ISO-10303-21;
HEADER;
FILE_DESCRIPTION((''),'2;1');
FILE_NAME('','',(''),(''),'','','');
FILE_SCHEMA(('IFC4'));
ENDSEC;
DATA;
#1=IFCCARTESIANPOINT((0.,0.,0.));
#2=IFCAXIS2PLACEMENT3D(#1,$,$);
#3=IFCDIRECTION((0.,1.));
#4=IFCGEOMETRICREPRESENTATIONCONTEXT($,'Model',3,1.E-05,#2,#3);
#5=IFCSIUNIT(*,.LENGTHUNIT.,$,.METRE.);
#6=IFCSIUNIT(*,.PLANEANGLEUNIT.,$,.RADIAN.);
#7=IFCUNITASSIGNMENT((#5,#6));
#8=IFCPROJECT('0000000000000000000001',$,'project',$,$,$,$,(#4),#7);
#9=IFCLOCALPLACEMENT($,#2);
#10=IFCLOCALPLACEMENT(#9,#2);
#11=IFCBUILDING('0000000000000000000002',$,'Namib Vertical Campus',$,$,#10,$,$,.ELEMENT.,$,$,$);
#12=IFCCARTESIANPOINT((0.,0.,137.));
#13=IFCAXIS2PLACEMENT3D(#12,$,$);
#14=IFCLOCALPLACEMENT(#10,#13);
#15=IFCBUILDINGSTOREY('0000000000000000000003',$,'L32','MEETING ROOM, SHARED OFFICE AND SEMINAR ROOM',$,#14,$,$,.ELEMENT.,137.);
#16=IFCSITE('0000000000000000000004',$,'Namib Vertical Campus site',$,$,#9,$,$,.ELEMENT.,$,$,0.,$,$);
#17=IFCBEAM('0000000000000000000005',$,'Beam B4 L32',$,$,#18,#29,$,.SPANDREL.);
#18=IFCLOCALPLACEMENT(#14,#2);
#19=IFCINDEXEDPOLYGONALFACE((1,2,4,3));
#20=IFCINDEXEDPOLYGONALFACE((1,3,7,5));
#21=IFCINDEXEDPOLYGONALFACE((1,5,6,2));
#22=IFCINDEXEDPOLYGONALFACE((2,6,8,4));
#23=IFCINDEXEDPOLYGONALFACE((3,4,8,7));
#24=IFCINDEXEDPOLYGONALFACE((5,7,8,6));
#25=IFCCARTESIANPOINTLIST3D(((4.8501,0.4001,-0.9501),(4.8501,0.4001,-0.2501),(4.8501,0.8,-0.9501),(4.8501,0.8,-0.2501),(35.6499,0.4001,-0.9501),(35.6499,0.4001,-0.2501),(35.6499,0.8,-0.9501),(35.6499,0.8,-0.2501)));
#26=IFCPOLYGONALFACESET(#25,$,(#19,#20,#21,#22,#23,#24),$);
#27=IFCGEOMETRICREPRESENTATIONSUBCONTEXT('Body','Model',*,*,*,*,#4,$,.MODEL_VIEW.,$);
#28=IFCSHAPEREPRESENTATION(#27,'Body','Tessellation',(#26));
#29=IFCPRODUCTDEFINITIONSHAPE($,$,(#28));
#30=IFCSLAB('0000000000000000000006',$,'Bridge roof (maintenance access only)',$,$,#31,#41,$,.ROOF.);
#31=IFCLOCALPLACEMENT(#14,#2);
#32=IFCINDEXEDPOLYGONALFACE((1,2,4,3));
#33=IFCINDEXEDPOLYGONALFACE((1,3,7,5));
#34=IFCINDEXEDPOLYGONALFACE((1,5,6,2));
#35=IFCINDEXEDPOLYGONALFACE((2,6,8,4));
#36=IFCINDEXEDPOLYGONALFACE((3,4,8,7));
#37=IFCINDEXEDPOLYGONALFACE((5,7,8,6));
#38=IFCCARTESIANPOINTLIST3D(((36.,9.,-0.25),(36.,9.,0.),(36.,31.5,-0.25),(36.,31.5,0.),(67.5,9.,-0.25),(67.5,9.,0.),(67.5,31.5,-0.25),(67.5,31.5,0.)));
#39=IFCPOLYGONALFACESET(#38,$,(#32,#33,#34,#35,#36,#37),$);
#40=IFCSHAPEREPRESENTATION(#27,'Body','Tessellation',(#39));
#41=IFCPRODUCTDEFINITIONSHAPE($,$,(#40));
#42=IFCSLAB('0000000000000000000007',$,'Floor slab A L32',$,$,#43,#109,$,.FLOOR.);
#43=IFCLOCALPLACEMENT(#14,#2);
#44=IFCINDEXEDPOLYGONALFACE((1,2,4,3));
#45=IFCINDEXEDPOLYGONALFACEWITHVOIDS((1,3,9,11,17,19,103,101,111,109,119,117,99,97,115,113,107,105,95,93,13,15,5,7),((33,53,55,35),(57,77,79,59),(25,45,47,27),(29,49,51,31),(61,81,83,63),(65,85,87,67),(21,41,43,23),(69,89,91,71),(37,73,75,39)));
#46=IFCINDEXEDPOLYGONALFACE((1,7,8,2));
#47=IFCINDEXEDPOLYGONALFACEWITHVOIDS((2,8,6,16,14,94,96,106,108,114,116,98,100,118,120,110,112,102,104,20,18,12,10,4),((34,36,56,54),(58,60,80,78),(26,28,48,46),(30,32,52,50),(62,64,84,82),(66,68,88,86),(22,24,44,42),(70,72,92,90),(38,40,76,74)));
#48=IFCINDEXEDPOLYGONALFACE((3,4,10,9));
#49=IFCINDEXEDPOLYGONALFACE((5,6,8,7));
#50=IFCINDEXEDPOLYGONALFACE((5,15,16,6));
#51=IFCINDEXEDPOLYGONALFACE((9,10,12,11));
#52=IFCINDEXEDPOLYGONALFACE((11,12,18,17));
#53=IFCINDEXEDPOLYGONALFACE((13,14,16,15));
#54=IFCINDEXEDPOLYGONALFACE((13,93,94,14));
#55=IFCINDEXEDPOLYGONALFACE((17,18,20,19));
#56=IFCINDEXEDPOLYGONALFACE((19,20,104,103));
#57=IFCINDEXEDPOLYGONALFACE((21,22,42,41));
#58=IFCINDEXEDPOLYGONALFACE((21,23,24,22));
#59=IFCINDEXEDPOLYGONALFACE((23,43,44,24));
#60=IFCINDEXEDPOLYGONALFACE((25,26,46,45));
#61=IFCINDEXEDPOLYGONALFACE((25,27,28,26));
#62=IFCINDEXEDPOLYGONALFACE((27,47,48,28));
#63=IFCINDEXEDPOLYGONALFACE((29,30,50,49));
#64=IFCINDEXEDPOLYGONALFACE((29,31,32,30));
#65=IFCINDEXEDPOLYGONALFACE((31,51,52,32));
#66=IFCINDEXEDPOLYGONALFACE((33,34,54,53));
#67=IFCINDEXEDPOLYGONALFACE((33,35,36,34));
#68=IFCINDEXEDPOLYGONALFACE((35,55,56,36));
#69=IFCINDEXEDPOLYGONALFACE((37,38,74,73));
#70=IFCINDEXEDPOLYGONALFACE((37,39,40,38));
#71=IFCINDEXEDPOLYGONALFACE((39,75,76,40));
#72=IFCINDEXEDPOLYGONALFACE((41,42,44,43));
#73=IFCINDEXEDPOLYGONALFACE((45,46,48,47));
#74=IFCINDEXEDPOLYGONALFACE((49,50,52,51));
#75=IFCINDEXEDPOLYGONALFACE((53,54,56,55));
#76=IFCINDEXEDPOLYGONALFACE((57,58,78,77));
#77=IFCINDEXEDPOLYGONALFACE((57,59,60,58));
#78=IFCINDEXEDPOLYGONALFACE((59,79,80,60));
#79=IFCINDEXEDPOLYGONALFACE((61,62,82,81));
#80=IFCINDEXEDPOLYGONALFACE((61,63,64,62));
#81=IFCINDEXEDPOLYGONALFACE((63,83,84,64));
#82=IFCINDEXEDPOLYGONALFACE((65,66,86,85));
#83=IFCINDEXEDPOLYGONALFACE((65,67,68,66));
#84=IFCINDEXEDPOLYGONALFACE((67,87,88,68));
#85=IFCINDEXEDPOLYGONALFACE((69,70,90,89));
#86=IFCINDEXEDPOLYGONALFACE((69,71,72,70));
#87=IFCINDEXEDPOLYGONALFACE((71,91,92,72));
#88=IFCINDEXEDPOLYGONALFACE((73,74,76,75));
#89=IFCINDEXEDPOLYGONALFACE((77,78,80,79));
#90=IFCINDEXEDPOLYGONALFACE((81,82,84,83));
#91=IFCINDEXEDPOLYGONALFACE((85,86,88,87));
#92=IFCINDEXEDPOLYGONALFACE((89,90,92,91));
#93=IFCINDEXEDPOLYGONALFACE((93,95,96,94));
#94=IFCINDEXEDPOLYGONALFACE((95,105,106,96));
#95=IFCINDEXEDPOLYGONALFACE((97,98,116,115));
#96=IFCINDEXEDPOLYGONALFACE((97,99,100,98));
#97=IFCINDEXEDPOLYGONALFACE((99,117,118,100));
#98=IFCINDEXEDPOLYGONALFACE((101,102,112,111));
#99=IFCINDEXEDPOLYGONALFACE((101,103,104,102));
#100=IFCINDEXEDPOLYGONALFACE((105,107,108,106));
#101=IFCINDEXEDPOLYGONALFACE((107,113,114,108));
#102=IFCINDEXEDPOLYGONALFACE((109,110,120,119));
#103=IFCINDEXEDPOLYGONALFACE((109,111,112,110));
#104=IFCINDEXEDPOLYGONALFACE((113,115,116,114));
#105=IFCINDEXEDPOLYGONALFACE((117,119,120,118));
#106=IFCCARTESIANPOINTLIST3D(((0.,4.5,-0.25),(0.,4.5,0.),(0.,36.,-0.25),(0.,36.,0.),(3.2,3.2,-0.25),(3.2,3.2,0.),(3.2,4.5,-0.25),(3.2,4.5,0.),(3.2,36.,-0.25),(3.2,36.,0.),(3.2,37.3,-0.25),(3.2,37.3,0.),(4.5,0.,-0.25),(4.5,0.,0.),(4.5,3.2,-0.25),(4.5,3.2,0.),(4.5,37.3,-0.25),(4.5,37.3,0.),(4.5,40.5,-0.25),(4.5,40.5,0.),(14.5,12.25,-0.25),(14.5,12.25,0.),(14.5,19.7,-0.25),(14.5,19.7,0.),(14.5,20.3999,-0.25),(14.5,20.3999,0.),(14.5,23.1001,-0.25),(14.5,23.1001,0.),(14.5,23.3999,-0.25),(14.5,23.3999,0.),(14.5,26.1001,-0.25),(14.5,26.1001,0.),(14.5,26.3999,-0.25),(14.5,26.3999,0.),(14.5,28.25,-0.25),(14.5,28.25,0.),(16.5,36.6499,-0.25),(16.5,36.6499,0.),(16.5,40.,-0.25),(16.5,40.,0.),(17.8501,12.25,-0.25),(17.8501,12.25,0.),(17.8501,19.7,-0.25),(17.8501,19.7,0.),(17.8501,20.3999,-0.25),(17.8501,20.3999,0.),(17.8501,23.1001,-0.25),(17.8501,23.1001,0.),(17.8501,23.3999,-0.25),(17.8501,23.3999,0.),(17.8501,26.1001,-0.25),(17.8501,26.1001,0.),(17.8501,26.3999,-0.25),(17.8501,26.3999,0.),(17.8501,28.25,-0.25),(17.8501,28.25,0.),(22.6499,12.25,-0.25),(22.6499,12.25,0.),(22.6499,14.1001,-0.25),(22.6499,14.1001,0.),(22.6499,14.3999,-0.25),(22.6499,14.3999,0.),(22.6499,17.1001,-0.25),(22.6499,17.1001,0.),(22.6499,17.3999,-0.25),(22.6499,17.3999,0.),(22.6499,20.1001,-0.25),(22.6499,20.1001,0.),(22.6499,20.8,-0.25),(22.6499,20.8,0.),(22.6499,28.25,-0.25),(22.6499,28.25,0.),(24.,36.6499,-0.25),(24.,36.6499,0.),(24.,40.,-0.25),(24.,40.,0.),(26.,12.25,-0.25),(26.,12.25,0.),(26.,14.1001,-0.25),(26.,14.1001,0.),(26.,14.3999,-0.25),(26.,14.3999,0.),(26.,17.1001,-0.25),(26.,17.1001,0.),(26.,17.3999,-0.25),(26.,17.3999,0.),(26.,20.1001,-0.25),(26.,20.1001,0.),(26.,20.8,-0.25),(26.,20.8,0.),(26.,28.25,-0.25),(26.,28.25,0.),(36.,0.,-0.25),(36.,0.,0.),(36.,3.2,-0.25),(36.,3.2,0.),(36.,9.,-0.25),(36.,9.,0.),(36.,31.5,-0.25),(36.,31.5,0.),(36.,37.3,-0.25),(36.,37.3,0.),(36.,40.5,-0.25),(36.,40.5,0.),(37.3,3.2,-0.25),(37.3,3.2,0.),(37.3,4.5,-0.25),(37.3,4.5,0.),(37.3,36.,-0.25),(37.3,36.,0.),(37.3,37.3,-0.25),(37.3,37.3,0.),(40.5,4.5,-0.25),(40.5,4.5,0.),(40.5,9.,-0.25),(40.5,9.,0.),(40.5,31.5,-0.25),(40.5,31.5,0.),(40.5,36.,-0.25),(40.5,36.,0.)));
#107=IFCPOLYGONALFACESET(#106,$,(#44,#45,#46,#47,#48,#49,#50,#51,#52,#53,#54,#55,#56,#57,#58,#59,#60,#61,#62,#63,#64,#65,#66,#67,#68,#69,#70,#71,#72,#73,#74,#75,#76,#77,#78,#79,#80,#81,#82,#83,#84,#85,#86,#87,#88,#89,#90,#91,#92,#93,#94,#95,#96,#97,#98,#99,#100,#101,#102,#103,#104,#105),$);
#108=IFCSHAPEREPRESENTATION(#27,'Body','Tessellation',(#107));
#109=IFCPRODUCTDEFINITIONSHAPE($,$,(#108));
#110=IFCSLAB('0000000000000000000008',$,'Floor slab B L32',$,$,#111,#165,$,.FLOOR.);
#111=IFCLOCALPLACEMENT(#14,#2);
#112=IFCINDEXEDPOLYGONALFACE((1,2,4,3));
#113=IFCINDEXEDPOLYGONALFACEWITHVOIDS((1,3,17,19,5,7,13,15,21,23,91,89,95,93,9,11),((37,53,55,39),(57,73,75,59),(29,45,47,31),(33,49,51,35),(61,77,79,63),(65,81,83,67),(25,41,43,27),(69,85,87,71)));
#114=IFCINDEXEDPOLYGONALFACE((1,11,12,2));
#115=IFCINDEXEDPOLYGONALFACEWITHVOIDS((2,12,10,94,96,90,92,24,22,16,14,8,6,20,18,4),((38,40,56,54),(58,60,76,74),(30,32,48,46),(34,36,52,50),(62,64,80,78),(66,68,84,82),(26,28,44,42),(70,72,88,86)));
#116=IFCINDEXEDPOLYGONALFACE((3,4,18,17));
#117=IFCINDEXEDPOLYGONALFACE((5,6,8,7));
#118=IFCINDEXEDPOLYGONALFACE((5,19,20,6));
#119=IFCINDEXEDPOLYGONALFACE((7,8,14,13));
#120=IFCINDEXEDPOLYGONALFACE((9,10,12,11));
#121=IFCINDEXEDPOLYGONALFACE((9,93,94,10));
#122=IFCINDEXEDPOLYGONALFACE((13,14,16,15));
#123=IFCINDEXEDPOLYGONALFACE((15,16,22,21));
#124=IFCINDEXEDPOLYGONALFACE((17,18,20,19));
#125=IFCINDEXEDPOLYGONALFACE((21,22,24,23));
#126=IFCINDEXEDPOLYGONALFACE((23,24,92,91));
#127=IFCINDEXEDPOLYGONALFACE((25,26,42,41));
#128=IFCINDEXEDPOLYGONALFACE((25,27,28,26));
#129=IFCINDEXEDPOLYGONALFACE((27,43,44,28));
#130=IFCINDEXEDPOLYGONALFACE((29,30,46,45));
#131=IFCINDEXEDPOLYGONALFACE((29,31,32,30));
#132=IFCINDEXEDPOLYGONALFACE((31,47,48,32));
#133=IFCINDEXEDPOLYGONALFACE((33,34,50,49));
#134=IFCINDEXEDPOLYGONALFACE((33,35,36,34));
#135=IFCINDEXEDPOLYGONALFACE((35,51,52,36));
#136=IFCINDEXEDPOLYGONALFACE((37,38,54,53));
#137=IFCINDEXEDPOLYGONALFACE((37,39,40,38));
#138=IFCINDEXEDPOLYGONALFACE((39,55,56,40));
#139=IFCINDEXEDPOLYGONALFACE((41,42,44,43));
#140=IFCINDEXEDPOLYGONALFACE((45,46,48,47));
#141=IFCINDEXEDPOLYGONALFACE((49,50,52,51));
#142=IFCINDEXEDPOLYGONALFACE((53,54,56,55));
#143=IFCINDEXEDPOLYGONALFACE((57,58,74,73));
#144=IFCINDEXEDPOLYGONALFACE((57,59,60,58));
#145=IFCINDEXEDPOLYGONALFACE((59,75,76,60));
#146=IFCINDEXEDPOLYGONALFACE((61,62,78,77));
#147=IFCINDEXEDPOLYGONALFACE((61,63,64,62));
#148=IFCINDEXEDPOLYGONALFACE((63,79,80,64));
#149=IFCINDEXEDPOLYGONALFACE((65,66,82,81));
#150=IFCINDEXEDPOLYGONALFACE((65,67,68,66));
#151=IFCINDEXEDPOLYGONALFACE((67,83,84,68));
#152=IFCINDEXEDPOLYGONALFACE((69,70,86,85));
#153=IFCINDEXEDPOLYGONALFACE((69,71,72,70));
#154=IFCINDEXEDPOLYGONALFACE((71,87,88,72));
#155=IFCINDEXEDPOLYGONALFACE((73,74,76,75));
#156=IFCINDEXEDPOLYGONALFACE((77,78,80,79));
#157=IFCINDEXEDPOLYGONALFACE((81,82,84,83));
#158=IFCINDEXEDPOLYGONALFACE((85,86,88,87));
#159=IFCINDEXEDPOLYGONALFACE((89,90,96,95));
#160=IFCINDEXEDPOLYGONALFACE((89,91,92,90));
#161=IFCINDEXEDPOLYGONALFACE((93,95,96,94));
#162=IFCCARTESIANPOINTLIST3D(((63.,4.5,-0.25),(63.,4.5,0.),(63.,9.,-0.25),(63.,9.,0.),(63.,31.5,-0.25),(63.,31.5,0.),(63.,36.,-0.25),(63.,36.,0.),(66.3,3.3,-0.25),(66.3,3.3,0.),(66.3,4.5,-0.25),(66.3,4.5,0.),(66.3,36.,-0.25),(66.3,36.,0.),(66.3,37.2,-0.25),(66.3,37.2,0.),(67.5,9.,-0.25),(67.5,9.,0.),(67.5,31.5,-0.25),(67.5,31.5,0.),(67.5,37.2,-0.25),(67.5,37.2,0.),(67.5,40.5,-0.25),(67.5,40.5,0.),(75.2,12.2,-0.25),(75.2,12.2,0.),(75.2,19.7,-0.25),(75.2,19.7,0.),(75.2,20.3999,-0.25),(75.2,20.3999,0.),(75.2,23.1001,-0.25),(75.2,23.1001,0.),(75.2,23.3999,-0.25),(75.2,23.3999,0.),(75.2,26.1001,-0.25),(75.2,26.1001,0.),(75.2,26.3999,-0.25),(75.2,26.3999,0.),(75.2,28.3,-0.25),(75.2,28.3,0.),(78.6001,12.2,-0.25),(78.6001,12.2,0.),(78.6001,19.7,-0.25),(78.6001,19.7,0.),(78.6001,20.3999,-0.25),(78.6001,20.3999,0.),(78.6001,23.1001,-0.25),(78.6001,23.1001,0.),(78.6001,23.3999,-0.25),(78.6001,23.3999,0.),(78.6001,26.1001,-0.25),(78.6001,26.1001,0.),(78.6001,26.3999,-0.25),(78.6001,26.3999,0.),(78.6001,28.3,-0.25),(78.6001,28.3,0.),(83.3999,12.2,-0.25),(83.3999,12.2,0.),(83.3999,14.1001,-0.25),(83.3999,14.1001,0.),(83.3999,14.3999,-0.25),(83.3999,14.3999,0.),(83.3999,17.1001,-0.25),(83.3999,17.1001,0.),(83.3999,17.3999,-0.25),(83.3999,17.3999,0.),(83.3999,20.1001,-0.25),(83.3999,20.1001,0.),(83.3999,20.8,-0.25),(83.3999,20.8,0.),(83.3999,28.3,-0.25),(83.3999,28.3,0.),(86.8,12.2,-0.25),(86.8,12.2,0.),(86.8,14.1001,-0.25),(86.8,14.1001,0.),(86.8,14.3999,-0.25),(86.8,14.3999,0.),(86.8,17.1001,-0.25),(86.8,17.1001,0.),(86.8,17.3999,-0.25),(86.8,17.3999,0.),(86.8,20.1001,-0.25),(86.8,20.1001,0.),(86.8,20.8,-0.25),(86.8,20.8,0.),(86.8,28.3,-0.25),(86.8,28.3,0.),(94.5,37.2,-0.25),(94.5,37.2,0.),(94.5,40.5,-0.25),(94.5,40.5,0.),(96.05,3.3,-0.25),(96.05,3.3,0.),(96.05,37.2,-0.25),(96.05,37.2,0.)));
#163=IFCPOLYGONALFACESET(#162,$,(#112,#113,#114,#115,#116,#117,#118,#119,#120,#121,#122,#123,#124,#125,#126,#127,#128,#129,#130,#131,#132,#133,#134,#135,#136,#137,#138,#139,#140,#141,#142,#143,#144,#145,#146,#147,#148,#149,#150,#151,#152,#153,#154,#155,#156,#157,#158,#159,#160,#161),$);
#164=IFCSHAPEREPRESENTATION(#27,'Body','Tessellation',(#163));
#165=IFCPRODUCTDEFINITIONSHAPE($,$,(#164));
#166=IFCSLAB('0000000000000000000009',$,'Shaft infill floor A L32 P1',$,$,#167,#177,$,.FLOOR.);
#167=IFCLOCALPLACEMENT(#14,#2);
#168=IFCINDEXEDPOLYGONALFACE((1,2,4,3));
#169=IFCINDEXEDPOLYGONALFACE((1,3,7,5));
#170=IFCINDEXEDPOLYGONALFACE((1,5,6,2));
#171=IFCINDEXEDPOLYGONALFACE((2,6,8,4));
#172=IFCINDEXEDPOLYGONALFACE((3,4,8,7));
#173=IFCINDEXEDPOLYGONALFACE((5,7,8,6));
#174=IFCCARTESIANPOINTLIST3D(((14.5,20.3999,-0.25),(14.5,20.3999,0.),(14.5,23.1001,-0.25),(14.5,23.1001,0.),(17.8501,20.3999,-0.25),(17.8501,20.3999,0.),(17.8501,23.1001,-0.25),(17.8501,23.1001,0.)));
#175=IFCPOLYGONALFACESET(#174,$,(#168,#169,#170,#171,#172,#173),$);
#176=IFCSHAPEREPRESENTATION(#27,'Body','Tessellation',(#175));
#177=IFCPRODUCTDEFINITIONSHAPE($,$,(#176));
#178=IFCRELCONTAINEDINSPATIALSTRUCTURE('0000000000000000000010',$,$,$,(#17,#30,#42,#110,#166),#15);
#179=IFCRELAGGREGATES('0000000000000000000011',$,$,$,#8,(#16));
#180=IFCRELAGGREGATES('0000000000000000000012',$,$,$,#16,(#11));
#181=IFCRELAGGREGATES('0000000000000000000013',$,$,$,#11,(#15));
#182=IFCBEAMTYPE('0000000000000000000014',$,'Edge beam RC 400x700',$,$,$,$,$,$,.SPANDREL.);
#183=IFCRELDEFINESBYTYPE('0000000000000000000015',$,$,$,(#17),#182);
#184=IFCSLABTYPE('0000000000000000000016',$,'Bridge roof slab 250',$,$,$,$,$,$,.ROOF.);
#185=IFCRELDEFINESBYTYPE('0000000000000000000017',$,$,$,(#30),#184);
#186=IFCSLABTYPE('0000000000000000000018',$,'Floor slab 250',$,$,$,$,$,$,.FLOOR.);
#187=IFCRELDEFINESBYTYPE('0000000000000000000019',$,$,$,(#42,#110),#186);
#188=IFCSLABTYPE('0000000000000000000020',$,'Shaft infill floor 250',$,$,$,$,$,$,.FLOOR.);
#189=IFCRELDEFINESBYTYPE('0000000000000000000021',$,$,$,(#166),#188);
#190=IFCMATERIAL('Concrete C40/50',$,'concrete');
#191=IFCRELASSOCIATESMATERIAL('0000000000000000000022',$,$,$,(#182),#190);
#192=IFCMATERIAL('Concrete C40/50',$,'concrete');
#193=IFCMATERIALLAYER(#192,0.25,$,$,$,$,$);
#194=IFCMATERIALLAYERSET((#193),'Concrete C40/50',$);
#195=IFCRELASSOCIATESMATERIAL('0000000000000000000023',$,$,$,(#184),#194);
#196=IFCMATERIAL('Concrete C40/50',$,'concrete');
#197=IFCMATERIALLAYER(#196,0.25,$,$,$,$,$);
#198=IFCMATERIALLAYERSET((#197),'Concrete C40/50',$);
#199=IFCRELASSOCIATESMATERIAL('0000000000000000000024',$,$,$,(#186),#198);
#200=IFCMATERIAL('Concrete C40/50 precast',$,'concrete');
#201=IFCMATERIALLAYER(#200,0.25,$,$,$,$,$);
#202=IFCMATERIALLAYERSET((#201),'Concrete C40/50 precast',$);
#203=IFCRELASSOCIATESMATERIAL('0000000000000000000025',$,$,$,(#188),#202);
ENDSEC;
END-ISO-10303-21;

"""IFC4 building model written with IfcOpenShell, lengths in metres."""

from ifc_helpers import new_model, si_unit, direction, frame, origin, origin_2d, place, context, subcontext, project, spatial, polyline, rectangle, outline, extrude, material, layer, layer_set, material_profile, profile_set, type_object, element, save


model = new_model("IFC4")

# Units and contexts
model_context = context("Model", 3, precision=1e-05, world=origin(), true_north=direction((0.0, 1.0)))
body_context = subcontext(model_context, "Body", "Model", "MODEL_VIEW")
ifc_project = project(units=[si_unit("LENGTHUNIT", "METRE"), si_unit("PLANEANGLEUNIT", "RADIAN")], contexts=[model_context])

# Site, building, storey
site_placement = place(None, origin())
site = spatial("IfcSite", under=ifc_project, at=site_placement, Name="Namib Vertical Campus site", CompositionType="ELEMENT", RefElevation=0.0)
building_placement = place(site_placement, origin())
building = spatial("IfcBuilding", under=site, at=building_placement, Name="Namib Vertical Campus", CompositionType="ELEMENT")
storey_placement = place(building_placement, frame((0.0, 0.0, 137.0)))
storey = spatial("IfcBuildingStorey", under=building, at=storey_placement, Name="L32", Description="MEETING ROOM, SHARED OFFICE AND SEMINAR ROOM", CompositionType="ELEMENT", Elevation=137.0)

# Beam
ifc_material_1 = material(Name="Concrete C40/50", Category="concrete")
ifc_material_profile = material_profile(ifc_material_1, rectangle(XDim=0.3999, YDim=0.7, at=origin_2d()))
ifc_profile_set = profile_set([ifc_material_profile], Name="Concrete C40/50")
beam_type = type_object("IfcBeamType", Name="Edge beam RC 400x700", PredefinedType="SPANDREL", material=ifc_profile_set)
beam_placement = place(storey_placement, frame((4.8501, 0.6001, -0.6001), z_axis=(1.0, 0.0, 0.0), x_axis=(0.0, 1.0, 0.0)))
element("IfcBeam", 1, at=beam_placement, inside=storey, type_object=beam_type, Name="Beam B4 L32", PredefinedType="SPANDREL", context=body_context, shape_type="SweptSolid", body=[
    extrude(rectangle(XDim=0.3999, YDim=0.7, at=origin_2d()), origin(), (0.0, 0.0, 1.0), 30.7998),
])

# Slabs
ifc_material_2 = material(Name="Concrete C40/50", Category="concrete")
ifc_layer_1 = layer(ifc_material_2, 0.25)
ifc_layer_set_1 = layer_set([ifc_layer_1], Name="Concrete C40/50")
slab_type_1 = type_object("IfcSlabType", Name="Bridge roof slab 250", PredefinedType="ROOF", material=ifc_layer_set_1)
slab_1_placement = place(storey_placement, frame((0.0, 0.0, -0.25)))
element("IfcSlab", 2, at=slab_1_placement, inside=storey, type_object=slab_type_1, Name="Bridge roof (maintenance access only)", PredefinedType="ROOF", context=body_context, shape_type="SweptSolid", body=[
    extrude(outline(polyline([(36.0, 9.0), (67.5, 9.0), (67.5, 31.5), (36.0, 31.5), (36.0, 9.0)])), origin(), (0.0, 0.0, 1.0), 0.25),
])
ifc_material_3 = material(Name="Concrete C40/50", Category="concrete")
ifc_layer_2 = layer(ifc_material_3, 0.25)
ifc_layer_set_2 = layer_set([ifc_layer_2], Name="Concrete C40/50")
slab_type_2 = type_object("IfcSlabType", Name="Floor slab 250", PredefinedType="FLOOR", material=ifc_layer_set_2)
slab_2_placement = place(storey_placement, frame((0.0, 0.0, -0.25)))
element("IfcSlab", 3, at=slab_2_placement, inside=storey, type_object=slab_type_2, Name="Floor slab A L32", PredefinedType="FLOOR", context=body_context, shape_type="SweptSolid", body=[
    extrude(outline(polyline([(4.5, 3.2), (4.5, 0.0), (36.0, 0.0), (36.0, 3.2), (37.3, 3.2), (37.3, 4.5), (40.5, 4.5), (40.5, 9.0), (36.0, 9.0), (36.0, 31.5), (40.5, 31.5), (40.5, 36.0), (37.3, 36.0), (37.3, 37.3), (36.0, 37.3), (36.0, 40.5), (4.5, 40.5), (4.5, 37.3), (3.2, 37.3), (3.2, 36.0), (0.0, 36.0), (0.0, 4.5), (3.2, 4.5), (3.2, 3.2), (4.5, 3.2)]), holes=[polyline([(14.5, 12.25), (17.8501, 12.25), (17.8501, 19.7), (14.5, 19.7), (14.5, 12.25)]), polyline([(22.6499, 20.8), (26.0, 20.8), (26.0, 28.25), (22.6499, 28.25), (22.6499, 20.8)]), polyline([(22.6499, 12.25), (26.0, 12.25), (26.0, 14.1001), (22.6499, 14.1001), (22.6499, 12.25)]), polyline([(14.5, 20.3999), (17.8501, 20.3999), (17.8501, 23.1001), (14.5, 23.1001), (14.5, 20.3999)]), polyline([(14.5, 23.3999), (17.8501, 23.3999), (17.8501, 26.1001), (14.5, 26.1001), (14.5, 23.3999)]), polyline([(14.5, 26.3999), (17.8501, 26.3999), (17.8501, 28.25), (14.5, 28.25), (14.5, 26.3999)]), polyline([(22.6499, 14.3999), (26.0, 14.3999), (26.0, 17.1001), (22.6499, 17.1001), (22.6499, 14.3999)]), polyline([(22.6499, 17.3999), (26.0, 17.3999), (26.0, 20.1001), (22.6499, 20.1001), (22.6499, 17.3999)]), polyline([(16.5, 36.6499), (24.0, 36.6499), (24.0, 40.0), (16.5, 40.0), (16.5, 36.6499)])]), origin(), (0.0, 0.0, 1.0), 0.25),
])
slab_3_placement = place(storey_placement, frame((0.0, 0.0, -0.25)))
element("IfcSlab", 4, at=slab_3_placement, inside=storey, type_object=slab_type_2, Name="Floor slab B L32", PredefinedType="FLOOR", context=body_context, shape_type="SweptSolid", body=[
    extrude(outline(polyline([(63.0, 9.0), (63.0, 4.5), (66.3, 4.5), (66.3, 3.3), (96.05, 3.3), (96.05, 37.2), (94.5, 37.2), (94.5, 40.5), (67.5, 40.5), (67.5, 37.2), (66.3, 37.2), (66.3, 36.0), (63.0, 36.0), (63.0, 31.5), (67.5, 31.5), (67.5, 9.0), (63.0, 9.0)]), holes=[polyline([(75.2, 12.2), (78.6001, 12.2), (78.6001, 19.7), (75.2, 19.7), (75.2, 12.2)]), polyline([(83.3999, 20.8), (86.8, 20.8), (86.8, 28.3), (83.3999, 28.3), (83.3999, 20.8)]), polyline([(83.3999, 12.2), (86.8, 12.2), (86.8, 14.1001), (83.3999, 14.1001), (83.3999, 12.2)]), polyline([(75.2, 20.3999), (78.6001, 20.3999), (78.6001, 23.1001), (75.2, 23.1001), (75.2, 20.3999)]), polyline([(75.2, 23.3999), (78.6001, 23.3999), (78.6001, 26.1001), (75.2, 26.1001), (75.2, 23.3999)]), polyline([(75.2, 26.3999), (78.6001, 26.3999), (78.6001, 28.3), (75.2, 28.3), (75.2, 26.3999)]), polyline([(83.3999, 14.3999), (86.8, 14.3999), (86.8, 17.1001), (83.3999, 17.1001), (83.3999, 14.3999)]), polyline([(83.3999, 17.3999), (86.8, 17.3999), (86.8, 20.1001), (83.3999, 20.1001), (83.3999, 17.3999)])]), origin(), (0.0, 0.0, 1.0), 0.25),
])
ifc_material_4 = material(Name="Concrete C40/50 precast", Category="concrete")
ifc_layer_3 = layer(ifc_material_4, 0.25)
ifc_layer_set_3 = layer_set([ifc_layer_3], Name="Concrete C40/50 precast")
slab_type_3 = type_object("IfcSlabType", Name="Shaft infill floor 250", PredefinedType="FLOOR", material=ifc_layer_set_3)
slab_4_placement = place(storey_placement, frame((0.0, 0.0, -0.25)))
element("IfcSlab", 5, at=slab_4_placement, inside=storey, type_object=slab_type_3, Name="Shaft infill floor A L32 P1", PredefinedType="FLOOR", context=body_context, shape_type="SweptSolid", body=[
    extrude(outline(polyline([(14.5, 20.3999), (17.8501, 20.3999), (17.8501, 23.1001), (14.5, 23.1001), (14.5, 20.3999)])), origin(), (0.0, 0.0, 1.0), 0.25),
])

save(model, "model.ifc")
